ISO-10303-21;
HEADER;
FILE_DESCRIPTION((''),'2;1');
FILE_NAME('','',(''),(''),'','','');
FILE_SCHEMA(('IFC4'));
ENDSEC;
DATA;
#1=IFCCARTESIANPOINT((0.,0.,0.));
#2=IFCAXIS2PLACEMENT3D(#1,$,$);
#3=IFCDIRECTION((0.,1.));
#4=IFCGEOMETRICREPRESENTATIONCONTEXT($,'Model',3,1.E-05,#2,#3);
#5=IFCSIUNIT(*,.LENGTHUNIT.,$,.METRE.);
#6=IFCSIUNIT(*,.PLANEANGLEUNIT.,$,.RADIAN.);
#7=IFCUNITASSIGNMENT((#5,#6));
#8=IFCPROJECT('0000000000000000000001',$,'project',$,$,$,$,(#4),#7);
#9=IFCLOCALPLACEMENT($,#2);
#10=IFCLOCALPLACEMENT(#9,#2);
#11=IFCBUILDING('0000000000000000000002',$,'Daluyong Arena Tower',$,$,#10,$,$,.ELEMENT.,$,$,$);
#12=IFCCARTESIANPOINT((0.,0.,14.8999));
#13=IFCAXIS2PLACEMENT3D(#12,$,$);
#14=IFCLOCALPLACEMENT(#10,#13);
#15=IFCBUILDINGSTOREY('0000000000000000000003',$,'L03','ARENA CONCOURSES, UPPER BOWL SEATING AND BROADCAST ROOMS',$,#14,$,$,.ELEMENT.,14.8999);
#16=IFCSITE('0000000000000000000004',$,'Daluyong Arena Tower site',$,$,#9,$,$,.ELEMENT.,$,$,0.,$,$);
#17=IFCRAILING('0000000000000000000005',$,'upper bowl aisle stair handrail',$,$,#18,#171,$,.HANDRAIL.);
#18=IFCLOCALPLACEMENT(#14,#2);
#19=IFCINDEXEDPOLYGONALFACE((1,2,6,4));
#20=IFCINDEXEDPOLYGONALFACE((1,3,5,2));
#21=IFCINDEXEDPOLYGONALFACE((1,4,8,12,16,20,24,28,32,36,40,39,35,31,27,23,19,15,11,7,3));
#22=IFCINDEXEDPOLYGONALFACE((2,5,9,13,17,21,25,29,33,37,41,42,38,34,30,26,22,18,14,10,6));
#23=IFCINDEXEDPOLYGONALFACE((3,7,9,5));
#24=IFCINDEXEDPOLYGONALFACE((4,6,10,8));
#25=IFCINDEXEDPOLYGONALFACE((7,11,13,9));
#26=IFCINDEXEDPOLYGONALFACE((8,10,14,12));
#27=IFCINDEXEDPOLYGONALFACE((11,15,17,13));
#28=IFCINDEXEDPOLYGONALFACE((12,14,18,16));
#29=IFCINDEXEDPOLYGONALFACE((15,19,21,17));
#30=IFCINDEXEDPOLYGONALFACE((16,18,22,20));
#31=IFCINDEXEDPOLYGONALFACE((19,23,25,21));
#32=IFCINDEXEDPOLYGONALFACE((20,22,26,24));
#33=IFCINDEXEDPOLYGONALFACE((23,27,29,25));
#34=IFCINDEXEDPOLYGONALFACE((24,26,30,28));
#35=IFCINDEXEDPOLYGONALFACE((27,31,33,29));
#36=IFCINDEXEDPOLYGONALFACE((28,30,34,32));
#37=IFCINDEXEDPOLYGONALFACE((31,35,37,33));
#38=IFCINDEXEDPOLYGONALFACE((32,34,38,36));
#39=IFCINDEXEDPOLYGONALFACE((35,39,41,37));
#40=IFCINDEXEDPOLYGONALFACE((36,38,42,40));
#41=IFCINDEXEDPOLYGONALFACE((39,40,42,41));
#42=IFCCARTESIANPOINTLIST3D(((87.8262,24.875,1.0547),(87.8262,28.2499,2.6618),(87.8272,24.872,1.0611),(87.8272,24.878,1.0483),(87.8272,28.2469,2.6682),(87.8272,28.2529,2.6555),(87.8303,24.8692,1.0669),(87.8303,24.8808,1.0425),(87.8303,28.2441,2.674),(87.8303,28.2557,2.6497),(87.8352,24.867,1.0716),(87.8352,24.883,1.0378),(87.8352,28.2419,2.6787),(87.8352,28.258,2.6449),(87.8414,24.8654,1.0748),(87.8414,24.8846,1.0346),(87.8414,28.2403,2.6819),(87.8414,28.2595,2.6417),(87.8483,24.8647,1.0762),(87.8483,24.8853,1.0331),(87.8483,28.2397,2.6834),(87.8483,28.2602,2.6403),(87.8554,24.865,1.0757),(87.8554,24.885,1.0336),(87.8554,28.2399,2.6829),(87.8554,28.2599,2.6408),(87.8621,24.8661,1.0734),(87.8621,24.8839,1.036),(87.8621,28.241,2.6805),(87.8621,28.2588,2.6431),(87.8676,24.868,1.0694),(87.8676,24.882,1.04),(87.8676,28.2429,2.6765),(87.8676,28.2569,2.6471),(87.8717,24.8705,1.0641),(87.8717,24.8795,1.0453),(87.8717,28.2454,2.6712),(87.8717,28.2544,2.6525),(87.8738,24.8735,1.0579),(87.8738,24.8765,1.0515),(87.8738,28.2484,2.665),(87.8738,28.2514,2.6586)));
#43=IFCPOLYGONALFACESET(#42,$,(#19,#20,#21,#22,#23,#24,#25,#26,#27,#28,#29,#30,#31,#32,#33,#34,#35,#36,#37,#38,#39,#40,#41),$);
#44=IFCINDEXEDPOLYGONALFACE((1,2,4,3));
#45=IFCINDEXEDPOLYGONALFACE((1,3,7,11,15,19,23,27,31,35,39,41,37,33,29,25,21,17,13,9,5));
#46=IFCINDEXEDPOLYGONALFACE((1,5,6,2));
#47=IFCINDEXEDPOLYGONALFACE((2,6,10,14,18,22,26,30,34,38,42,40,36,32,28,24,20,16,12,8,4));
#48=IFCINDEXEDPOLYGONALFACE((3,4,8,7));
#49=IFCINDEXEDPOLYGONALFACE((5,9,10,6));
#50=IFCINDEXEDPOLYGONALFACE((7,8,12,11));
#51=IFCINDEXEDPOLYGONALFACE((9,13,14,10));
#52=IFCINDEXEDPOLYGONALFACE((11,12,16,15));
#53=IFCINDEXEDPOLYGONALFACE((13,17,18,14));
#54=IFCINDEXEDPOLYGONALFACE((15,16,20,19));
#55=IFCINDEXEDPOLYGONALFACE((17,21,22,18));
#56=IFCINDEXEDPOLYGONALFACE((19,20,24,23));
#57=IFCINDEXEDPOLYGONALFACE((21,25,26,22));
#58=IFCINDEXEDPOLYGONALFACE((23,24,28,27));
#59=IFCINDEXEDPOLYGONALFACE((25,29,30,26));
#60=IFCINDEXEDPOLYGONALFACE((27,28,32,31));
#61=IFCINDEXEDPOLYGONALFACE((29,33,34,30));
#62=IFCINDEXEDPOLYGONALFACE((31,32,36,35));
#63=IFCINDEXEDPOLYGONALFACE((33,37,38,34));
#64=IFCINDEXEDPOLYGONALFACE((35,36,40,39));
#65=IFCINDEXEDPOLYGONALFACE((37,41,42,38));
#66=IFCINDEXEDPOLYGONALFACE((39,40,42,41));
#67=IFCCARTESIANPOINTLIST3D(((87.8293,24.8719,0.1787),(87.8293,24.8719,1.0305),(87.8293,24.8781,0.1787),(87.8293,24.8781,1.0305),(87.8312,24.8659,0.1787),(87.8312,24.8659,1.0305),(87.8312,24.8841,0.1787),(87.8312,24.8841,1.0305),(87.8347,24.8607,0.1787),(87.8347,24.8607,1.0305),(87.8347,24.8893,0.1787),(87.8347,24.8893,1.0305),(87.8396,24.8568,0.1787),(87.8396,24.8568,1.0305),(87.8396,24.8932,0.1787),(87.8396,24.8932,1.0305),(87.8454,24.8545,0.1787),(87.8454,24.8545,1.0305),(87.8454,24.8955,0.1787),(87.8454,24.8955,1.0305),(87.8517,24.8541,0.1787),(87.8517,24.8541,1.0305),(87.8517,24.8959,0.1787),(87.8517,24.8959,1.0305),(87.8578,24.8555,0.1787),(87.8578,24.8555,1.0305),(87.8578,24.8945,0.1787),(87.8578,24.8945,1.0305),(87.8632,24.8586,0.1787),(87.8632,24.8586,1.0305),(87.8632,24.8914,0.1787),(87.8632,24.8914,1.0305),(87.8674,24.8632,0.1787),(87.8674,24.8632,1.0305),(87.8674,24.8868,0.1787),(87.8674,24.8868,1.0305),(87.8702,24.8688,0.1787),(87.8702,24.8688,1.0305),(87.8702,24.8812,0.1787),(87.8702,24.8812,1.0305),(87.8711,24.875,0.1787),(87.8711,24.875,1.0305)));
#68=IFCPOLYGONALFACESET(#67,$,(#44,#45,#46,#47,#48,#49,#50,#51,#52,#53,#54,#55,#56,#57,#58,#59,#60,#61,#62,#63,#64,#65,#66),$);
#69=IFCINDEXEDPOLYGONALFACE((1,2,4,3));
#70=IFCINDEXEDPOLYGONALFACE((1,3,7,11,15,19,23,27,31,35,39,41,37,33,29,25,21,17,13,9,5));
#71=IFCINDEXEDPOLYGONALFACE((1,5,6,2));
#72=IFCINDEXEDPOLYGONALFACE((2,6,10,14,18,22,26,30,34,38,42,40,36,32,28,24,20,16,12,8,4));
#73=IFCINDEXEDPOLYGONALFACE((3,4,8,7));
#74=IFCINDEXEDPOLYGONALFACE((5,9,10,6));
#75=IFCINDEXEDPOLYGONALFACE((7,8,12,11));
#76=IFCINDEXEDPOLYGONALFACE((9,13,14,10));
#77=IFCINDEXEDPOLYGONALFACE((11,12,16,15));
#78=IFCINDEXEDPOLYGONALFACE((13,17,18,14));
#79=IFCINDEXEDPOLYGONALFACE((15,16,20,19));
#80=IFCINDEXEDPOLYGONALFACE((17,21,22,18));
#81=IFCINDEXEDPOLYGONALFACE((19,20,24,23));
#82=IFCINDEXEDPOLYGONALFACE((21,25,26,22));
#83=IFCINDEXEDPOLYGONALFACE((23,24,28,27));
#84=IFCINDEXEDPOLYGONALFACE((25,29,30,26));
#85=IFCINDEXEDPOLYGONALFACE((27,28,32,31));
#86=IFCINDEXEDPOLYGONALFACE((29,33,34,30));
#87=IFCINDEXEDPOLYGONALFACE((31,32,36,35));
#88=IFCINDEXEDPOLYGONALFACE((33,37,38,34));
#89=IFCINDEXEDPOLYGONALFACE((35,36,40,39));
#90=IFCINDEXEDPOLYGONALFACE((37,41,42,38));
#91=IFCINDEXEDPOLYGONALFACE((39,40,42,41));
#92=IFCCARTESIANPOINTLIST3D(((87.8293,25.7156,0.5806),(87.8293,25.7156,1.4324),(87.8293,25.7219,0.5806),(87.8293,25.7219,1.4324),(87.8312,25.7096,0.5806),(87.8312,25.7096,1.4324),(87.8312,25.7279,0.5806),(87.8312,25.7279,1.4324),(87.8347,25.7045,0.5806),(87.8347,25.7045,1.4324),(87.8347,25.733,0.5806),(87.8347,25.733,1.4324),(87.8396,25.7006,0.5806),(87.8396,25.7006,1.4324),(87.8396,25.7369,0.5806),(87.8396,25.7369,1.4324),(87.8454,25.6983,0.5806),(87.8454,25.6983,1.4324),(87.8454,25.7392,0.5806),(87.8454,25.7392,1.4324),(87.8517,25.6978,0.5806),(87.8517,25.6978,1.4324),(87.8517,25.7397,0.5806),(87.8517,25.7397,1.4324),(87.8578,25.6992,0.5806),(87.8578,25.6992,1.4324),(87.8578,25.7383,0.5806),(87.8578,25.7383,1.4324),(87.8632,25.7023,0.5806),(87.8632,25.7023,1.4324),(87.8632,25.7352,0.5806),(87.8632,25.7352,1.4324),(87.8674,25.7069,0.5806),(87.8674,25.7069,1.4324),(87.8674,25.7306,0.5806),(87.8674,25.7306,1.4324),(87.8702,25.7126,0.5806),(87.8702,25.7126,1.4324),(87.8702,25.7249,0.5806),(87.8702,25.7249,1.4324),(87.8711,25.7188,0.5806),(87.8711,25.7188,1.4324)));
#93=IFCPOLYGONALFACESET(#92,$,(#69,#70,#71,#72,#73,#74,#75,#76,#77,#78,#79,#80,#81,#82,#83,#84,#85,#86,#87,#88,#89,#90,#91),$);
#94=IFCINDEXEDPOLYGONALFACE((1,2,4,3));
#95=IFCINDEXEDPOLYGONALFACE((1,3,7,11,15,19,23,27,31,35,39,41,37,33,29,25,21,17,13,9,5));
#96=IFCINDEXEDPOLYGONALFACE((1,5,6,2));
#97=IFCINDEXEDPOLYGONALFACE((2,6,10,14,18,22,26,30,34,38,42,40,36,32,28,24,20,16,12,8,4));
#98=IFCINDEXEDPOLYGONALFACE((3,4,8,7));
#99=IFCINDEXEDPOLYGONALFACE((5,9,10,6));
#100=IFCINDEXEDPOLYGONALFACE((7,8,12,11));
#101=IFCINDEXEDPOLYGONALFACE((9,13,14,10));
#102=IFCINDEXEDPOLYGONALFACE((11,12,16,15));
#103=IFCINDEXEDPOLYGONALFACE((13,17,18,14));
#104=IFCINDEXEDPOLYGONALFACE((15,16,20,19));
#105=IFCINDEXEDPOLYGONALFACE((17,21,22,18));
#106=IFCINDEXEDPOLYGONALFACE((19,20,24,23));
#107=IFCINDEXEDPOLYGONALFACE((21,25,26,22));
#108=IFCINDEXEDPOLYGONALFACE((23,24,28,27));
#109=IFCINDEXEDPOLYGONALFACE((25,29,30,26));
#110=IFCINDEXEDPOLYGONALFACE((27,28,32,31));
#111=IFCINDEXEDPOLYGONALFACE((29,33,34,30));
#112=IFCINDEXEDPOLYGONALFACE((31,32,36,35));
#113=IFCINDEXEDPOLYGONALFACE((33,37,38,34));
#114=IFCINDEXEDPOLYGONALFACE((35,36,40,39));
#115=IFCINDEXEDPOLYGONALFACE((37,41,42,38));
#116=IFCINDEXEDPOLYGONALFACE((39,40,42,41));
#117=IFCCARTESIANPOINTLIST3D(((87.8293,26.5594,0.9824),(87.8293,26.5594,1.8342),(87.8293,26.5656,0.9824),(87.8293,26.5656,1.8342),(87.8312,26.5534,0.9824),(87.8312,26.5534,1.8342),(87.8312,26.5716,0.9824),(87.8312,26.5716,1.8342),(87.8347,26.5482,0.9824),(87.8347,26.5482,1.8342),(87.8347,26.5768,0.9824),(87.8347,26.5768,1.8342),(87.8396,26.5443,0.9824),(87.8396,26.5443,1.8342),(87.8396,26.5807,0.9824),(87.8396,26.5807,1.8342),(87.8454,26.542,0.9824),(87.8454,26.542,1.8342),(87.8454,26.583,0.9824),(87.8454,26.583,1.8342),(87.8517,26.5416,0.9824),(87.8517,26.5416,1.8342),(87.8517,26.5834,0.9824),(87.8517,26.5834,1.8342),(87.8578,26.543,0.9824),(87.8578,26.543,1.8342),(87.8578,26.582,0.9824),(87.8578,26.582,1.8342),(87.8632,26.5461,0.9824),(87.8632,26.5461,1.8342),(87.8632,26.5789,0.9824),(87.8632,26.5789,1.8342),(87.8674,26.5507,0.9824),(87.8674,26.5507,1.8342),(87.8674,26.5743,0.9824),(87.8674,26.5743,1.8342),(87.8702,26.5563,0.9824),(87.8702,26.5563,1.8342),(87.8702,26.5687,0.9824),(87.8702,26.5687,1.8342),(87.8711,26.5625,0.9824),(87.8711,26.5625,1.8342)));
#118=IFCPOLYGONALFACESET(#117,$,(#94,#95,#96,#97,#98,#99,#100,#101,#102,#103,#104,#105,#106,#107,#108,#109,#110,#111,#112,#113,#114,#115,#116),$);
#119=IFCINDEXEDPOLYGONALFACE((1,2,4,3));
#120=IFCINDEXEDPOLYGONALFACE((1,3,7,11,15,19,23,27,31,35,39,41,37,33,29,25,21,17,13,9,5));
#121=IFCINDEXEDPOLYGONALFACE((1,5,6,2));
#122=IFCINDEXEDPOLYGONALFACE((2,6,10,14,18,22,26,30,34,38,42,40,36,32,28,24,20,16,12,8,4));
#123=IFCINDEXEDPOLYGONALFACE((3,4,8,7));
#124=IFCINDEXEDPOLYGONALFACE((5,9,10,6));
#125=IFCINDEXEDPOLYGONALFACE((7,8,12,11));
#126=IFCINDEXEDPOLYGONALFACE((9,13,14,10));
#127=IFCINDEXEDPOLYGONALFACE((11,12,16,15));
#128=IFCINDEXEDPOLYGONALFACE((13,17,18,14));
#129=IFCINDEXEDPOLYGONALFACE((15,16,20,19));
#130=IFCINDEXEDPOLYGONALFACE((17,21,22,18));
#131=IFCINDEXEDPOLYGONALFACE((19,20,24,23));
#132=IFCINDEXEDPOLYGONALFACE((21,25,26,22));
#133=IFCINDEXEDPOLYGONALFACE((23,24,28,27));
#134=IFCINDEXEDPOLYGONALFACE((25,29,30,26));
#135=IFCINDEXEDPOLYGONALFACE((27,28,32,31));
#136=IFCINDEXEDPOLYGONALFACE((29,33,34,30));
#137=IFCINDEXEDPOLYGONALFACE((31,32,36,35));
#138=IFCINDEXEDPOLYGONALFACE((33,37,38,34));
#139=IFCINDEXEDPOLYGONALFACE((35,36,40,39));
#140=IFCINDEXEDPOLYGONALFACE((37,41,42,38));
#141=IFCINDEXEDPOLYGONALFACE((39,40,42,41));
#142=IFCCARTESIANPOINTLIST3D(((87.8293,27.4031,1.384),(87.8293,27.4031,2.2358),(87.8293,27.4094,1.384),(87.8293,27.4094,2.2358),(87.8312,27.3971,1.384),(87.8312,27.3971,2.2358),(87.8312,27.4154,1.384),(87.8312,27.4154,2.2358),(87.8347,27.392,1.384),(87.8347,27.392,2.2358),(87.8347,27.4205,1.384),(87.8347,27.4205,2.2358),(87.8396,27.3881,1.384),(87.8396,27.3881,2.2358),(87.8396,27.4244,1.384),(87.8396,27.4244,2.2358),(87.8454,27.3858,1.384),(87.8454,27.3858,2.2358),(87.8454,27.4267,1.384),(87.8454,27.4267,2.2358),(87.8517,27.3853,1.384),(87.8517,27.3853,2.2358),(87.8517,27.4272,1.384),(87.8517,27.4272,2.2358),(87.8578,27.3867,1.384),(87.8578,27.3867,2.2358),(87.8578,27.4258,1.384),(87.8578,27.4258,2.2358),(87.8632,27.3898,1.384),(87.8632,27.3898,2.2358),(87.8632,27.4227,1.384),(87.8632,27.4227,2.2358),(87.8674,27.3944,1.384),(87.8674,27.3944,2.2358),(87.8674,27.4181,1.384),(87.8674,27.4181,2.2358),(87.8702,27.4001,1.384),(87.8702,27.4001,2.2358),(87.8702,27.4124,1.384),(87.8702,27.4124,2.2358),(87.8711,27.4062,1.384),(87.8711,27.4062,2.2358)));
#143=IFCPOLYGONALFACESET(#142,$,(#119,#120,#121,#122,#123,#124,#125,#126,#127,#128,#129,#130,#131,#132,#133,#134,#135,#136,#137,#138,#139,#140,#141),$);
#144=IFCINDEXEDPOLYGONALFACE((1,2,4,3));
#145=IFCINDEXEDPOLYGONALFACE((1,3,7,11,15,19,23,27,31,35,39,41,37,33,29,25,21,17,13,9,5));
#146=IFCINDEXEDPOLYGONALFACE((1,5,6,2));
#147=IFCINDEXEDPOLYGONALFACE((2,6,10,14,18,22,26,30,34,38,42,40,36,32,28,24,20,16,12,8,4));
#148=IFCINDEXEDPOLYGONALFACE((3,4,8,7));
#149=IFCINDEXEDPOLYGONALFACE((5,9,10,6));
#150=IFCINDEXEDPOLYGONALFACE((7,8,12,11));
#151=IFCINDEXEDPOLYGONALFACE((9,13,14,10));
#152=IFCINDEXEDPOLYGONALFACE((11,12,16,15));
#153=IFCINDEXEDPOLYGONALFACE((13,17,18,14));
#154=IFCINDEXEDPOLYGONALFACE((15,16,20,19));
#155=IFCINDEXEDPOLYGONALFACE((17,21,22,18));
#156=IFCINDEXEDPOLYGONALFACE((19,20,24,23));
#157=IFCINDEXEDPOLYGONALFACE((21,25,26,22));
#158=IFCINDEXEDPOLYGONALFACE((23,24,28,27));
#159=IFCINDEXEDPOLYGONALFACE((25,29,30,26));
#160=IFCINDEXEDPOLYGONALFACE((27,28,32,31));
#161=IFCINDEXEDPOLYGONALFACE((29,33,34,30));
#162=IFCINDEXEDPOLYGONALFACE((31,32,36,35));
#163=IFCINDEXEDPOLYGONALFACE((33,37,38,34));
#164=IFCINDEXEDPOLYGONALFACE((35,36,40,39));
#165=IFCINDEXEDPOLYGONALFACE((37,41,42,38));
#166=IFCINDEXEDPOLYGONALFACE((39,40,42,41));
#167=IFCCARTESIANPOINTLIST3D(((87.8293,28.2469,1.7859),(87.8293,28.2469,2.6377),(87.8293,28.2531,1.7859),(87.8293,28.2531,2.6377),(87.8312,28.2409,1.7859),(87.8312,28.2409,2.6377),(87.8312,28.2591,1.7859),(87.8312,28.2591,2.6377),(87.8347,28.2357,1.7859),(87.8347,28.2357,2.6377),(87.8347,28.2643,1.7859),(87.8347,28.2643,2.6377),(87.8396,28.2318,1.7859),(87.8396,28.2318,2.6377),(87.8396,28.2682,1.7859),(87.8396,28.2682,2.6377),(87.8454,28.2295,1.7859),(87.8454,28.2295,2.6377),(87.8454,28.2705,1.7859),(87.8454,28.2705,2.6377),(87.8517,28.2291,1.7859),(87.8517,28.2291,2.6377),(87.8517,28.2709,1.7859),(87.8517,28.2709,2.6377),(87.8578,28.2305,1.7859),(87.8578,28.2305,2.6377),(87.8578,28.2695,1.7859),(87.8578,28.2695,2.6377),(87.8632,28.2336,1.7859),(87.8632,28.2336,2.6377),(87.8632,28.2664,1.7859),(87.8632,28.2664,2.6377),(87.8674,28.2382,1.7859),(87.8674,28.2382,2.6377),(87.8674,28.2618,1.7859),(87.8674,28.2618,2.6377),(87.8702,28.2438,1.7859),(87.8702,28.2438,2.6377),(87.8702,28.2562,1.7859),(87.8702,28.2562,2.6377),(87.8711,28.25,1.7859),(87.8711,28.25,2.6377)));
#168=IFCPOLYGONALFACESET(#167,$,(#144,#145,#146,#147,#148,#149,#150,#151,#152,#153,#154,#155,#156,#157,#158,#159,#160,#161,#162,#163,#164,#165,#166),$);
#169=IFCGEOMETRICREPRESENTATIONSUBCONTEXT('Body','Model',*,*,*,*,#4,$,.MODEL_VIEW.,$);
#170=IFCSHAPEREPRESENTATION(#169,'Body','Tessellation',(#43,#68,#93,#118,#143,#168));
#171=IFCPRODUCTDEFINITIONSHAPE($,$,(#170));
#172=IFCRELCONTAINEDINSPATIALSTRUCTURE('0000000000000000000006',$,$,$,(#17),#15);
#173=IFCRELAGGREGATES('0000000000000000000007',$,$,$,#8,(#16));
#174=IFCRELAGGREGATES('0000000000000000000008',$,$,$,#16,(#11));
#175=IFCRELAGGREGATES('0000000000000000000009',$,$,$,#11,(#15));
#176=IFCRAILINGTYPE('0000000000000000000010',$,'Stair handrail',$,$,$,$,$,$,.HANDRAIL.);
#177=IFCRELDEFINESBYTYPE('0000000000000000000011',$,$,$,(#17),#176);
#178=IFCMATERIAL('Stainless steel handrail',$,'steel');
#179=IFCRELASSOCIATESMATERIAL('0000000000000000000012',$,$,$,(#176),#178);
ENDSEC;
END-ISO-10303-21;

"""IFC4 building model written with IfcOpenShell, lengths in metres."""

from ifc_helpers import new_model, si_unit, direction, frame, origin, origin_2d, place, context, subcontext, project, spatial, circle, extrude, material, type_object, element, save


model = new_model("IFC4")

# Units and contexts
model_context = context("Model", 3, precision=1e-05, world=origin(), true_north=direction((0.0, 1.0)))
body_context = subcontext(model_context, "Body", "Model", "MODEL_VIEW")
ifc_project = project(units=[si_unit("LENGTHUNIT", "METRE"), si_unit("PLANEANGLEUNIT", "RADIAN")], contexts=[model_context])

# Site, building, storey
site_placement = place(None, origin())
site = spatial("IfcSite", under=ifc_project, at=site_placement, Name="Daluyong Arena Tower site", CompositionType="ELEMENT", RefElevation=0.0)
building_placement = place(site_placement, origin())
building = spatial("IfcBuilding", under=site, at=building_placement, Name="Daluyong Arena Tower", CompositionType="ELEMENT")
storey_placement = place(building_placement, frame((0.0, 0.0, 14.8999)))
storey = spatial("IfcBuildingStorey", under=building, at=storey_placement, Name="L03", Description="ARENA CONCOURSES, UPPER BOWL SEATING AND BROADCAST ROOMS", CompositionType="ELEMENT", Elevation=14.8999)

# Railing
ifc_material_1 = material(Name="Stainless steel handrail", Category="steel")
railing_type_1 = type_object("IfcRailingType", Name="Stair handrail", PredefinedType="HANDRAIL", material=ifc_material_1)
for number, where, name in (
    (1, (87.8501, 24.875, 0.1787), "upper bowl aisle stair handrail"),
):
    element("IfcRailing", number, at=place(storey_placement, frame(where)), inside=storey, type_object=railing_type_1, Name=name, PredefinedType="HANDRAIL", context=body_context, shape_type="SweptSolid", body=[
        extrude(circle(Radius=0.0239, at=origin_2d()), frame((0.0, 0.0, 0.876), z_axis=(0.0, 0.902857, 0.429941), x_axis=(-1.0, 0.0, 0.0)), (0.0, 0.0, 1.0), 3.738),
        extrude(circle(Radius=0.021, at=origin_2d()), origin(), (0.0, 0.0, 1.0), 0.8518),
        extrude(circle(Radius=0.021, at=origin_2d()), frame((0.0, 0.8438, 0.4019)), (0.0, 0.0, 1.0), 0.8518),
        extrude(circle(Radius=0.021, at=origin_2d()), frame((0.0, 1.6875, 0.8037)), (0.0, 0.0, 1.0), 0.8518),
        extrude(circle(Radius=0.021, at=origin_2d()), frame((0.0, 2.5312, 1.2053)), (0.0, 0.0, 1.0), 0.8518),
        extrude(circle(Radius=0.021, at=origin_2d()), frame((0.0, 3.375, 1.6072)), (0.0, 0.0, 1.0), 0.8518),
    ])

save(model, "model.ifc")
